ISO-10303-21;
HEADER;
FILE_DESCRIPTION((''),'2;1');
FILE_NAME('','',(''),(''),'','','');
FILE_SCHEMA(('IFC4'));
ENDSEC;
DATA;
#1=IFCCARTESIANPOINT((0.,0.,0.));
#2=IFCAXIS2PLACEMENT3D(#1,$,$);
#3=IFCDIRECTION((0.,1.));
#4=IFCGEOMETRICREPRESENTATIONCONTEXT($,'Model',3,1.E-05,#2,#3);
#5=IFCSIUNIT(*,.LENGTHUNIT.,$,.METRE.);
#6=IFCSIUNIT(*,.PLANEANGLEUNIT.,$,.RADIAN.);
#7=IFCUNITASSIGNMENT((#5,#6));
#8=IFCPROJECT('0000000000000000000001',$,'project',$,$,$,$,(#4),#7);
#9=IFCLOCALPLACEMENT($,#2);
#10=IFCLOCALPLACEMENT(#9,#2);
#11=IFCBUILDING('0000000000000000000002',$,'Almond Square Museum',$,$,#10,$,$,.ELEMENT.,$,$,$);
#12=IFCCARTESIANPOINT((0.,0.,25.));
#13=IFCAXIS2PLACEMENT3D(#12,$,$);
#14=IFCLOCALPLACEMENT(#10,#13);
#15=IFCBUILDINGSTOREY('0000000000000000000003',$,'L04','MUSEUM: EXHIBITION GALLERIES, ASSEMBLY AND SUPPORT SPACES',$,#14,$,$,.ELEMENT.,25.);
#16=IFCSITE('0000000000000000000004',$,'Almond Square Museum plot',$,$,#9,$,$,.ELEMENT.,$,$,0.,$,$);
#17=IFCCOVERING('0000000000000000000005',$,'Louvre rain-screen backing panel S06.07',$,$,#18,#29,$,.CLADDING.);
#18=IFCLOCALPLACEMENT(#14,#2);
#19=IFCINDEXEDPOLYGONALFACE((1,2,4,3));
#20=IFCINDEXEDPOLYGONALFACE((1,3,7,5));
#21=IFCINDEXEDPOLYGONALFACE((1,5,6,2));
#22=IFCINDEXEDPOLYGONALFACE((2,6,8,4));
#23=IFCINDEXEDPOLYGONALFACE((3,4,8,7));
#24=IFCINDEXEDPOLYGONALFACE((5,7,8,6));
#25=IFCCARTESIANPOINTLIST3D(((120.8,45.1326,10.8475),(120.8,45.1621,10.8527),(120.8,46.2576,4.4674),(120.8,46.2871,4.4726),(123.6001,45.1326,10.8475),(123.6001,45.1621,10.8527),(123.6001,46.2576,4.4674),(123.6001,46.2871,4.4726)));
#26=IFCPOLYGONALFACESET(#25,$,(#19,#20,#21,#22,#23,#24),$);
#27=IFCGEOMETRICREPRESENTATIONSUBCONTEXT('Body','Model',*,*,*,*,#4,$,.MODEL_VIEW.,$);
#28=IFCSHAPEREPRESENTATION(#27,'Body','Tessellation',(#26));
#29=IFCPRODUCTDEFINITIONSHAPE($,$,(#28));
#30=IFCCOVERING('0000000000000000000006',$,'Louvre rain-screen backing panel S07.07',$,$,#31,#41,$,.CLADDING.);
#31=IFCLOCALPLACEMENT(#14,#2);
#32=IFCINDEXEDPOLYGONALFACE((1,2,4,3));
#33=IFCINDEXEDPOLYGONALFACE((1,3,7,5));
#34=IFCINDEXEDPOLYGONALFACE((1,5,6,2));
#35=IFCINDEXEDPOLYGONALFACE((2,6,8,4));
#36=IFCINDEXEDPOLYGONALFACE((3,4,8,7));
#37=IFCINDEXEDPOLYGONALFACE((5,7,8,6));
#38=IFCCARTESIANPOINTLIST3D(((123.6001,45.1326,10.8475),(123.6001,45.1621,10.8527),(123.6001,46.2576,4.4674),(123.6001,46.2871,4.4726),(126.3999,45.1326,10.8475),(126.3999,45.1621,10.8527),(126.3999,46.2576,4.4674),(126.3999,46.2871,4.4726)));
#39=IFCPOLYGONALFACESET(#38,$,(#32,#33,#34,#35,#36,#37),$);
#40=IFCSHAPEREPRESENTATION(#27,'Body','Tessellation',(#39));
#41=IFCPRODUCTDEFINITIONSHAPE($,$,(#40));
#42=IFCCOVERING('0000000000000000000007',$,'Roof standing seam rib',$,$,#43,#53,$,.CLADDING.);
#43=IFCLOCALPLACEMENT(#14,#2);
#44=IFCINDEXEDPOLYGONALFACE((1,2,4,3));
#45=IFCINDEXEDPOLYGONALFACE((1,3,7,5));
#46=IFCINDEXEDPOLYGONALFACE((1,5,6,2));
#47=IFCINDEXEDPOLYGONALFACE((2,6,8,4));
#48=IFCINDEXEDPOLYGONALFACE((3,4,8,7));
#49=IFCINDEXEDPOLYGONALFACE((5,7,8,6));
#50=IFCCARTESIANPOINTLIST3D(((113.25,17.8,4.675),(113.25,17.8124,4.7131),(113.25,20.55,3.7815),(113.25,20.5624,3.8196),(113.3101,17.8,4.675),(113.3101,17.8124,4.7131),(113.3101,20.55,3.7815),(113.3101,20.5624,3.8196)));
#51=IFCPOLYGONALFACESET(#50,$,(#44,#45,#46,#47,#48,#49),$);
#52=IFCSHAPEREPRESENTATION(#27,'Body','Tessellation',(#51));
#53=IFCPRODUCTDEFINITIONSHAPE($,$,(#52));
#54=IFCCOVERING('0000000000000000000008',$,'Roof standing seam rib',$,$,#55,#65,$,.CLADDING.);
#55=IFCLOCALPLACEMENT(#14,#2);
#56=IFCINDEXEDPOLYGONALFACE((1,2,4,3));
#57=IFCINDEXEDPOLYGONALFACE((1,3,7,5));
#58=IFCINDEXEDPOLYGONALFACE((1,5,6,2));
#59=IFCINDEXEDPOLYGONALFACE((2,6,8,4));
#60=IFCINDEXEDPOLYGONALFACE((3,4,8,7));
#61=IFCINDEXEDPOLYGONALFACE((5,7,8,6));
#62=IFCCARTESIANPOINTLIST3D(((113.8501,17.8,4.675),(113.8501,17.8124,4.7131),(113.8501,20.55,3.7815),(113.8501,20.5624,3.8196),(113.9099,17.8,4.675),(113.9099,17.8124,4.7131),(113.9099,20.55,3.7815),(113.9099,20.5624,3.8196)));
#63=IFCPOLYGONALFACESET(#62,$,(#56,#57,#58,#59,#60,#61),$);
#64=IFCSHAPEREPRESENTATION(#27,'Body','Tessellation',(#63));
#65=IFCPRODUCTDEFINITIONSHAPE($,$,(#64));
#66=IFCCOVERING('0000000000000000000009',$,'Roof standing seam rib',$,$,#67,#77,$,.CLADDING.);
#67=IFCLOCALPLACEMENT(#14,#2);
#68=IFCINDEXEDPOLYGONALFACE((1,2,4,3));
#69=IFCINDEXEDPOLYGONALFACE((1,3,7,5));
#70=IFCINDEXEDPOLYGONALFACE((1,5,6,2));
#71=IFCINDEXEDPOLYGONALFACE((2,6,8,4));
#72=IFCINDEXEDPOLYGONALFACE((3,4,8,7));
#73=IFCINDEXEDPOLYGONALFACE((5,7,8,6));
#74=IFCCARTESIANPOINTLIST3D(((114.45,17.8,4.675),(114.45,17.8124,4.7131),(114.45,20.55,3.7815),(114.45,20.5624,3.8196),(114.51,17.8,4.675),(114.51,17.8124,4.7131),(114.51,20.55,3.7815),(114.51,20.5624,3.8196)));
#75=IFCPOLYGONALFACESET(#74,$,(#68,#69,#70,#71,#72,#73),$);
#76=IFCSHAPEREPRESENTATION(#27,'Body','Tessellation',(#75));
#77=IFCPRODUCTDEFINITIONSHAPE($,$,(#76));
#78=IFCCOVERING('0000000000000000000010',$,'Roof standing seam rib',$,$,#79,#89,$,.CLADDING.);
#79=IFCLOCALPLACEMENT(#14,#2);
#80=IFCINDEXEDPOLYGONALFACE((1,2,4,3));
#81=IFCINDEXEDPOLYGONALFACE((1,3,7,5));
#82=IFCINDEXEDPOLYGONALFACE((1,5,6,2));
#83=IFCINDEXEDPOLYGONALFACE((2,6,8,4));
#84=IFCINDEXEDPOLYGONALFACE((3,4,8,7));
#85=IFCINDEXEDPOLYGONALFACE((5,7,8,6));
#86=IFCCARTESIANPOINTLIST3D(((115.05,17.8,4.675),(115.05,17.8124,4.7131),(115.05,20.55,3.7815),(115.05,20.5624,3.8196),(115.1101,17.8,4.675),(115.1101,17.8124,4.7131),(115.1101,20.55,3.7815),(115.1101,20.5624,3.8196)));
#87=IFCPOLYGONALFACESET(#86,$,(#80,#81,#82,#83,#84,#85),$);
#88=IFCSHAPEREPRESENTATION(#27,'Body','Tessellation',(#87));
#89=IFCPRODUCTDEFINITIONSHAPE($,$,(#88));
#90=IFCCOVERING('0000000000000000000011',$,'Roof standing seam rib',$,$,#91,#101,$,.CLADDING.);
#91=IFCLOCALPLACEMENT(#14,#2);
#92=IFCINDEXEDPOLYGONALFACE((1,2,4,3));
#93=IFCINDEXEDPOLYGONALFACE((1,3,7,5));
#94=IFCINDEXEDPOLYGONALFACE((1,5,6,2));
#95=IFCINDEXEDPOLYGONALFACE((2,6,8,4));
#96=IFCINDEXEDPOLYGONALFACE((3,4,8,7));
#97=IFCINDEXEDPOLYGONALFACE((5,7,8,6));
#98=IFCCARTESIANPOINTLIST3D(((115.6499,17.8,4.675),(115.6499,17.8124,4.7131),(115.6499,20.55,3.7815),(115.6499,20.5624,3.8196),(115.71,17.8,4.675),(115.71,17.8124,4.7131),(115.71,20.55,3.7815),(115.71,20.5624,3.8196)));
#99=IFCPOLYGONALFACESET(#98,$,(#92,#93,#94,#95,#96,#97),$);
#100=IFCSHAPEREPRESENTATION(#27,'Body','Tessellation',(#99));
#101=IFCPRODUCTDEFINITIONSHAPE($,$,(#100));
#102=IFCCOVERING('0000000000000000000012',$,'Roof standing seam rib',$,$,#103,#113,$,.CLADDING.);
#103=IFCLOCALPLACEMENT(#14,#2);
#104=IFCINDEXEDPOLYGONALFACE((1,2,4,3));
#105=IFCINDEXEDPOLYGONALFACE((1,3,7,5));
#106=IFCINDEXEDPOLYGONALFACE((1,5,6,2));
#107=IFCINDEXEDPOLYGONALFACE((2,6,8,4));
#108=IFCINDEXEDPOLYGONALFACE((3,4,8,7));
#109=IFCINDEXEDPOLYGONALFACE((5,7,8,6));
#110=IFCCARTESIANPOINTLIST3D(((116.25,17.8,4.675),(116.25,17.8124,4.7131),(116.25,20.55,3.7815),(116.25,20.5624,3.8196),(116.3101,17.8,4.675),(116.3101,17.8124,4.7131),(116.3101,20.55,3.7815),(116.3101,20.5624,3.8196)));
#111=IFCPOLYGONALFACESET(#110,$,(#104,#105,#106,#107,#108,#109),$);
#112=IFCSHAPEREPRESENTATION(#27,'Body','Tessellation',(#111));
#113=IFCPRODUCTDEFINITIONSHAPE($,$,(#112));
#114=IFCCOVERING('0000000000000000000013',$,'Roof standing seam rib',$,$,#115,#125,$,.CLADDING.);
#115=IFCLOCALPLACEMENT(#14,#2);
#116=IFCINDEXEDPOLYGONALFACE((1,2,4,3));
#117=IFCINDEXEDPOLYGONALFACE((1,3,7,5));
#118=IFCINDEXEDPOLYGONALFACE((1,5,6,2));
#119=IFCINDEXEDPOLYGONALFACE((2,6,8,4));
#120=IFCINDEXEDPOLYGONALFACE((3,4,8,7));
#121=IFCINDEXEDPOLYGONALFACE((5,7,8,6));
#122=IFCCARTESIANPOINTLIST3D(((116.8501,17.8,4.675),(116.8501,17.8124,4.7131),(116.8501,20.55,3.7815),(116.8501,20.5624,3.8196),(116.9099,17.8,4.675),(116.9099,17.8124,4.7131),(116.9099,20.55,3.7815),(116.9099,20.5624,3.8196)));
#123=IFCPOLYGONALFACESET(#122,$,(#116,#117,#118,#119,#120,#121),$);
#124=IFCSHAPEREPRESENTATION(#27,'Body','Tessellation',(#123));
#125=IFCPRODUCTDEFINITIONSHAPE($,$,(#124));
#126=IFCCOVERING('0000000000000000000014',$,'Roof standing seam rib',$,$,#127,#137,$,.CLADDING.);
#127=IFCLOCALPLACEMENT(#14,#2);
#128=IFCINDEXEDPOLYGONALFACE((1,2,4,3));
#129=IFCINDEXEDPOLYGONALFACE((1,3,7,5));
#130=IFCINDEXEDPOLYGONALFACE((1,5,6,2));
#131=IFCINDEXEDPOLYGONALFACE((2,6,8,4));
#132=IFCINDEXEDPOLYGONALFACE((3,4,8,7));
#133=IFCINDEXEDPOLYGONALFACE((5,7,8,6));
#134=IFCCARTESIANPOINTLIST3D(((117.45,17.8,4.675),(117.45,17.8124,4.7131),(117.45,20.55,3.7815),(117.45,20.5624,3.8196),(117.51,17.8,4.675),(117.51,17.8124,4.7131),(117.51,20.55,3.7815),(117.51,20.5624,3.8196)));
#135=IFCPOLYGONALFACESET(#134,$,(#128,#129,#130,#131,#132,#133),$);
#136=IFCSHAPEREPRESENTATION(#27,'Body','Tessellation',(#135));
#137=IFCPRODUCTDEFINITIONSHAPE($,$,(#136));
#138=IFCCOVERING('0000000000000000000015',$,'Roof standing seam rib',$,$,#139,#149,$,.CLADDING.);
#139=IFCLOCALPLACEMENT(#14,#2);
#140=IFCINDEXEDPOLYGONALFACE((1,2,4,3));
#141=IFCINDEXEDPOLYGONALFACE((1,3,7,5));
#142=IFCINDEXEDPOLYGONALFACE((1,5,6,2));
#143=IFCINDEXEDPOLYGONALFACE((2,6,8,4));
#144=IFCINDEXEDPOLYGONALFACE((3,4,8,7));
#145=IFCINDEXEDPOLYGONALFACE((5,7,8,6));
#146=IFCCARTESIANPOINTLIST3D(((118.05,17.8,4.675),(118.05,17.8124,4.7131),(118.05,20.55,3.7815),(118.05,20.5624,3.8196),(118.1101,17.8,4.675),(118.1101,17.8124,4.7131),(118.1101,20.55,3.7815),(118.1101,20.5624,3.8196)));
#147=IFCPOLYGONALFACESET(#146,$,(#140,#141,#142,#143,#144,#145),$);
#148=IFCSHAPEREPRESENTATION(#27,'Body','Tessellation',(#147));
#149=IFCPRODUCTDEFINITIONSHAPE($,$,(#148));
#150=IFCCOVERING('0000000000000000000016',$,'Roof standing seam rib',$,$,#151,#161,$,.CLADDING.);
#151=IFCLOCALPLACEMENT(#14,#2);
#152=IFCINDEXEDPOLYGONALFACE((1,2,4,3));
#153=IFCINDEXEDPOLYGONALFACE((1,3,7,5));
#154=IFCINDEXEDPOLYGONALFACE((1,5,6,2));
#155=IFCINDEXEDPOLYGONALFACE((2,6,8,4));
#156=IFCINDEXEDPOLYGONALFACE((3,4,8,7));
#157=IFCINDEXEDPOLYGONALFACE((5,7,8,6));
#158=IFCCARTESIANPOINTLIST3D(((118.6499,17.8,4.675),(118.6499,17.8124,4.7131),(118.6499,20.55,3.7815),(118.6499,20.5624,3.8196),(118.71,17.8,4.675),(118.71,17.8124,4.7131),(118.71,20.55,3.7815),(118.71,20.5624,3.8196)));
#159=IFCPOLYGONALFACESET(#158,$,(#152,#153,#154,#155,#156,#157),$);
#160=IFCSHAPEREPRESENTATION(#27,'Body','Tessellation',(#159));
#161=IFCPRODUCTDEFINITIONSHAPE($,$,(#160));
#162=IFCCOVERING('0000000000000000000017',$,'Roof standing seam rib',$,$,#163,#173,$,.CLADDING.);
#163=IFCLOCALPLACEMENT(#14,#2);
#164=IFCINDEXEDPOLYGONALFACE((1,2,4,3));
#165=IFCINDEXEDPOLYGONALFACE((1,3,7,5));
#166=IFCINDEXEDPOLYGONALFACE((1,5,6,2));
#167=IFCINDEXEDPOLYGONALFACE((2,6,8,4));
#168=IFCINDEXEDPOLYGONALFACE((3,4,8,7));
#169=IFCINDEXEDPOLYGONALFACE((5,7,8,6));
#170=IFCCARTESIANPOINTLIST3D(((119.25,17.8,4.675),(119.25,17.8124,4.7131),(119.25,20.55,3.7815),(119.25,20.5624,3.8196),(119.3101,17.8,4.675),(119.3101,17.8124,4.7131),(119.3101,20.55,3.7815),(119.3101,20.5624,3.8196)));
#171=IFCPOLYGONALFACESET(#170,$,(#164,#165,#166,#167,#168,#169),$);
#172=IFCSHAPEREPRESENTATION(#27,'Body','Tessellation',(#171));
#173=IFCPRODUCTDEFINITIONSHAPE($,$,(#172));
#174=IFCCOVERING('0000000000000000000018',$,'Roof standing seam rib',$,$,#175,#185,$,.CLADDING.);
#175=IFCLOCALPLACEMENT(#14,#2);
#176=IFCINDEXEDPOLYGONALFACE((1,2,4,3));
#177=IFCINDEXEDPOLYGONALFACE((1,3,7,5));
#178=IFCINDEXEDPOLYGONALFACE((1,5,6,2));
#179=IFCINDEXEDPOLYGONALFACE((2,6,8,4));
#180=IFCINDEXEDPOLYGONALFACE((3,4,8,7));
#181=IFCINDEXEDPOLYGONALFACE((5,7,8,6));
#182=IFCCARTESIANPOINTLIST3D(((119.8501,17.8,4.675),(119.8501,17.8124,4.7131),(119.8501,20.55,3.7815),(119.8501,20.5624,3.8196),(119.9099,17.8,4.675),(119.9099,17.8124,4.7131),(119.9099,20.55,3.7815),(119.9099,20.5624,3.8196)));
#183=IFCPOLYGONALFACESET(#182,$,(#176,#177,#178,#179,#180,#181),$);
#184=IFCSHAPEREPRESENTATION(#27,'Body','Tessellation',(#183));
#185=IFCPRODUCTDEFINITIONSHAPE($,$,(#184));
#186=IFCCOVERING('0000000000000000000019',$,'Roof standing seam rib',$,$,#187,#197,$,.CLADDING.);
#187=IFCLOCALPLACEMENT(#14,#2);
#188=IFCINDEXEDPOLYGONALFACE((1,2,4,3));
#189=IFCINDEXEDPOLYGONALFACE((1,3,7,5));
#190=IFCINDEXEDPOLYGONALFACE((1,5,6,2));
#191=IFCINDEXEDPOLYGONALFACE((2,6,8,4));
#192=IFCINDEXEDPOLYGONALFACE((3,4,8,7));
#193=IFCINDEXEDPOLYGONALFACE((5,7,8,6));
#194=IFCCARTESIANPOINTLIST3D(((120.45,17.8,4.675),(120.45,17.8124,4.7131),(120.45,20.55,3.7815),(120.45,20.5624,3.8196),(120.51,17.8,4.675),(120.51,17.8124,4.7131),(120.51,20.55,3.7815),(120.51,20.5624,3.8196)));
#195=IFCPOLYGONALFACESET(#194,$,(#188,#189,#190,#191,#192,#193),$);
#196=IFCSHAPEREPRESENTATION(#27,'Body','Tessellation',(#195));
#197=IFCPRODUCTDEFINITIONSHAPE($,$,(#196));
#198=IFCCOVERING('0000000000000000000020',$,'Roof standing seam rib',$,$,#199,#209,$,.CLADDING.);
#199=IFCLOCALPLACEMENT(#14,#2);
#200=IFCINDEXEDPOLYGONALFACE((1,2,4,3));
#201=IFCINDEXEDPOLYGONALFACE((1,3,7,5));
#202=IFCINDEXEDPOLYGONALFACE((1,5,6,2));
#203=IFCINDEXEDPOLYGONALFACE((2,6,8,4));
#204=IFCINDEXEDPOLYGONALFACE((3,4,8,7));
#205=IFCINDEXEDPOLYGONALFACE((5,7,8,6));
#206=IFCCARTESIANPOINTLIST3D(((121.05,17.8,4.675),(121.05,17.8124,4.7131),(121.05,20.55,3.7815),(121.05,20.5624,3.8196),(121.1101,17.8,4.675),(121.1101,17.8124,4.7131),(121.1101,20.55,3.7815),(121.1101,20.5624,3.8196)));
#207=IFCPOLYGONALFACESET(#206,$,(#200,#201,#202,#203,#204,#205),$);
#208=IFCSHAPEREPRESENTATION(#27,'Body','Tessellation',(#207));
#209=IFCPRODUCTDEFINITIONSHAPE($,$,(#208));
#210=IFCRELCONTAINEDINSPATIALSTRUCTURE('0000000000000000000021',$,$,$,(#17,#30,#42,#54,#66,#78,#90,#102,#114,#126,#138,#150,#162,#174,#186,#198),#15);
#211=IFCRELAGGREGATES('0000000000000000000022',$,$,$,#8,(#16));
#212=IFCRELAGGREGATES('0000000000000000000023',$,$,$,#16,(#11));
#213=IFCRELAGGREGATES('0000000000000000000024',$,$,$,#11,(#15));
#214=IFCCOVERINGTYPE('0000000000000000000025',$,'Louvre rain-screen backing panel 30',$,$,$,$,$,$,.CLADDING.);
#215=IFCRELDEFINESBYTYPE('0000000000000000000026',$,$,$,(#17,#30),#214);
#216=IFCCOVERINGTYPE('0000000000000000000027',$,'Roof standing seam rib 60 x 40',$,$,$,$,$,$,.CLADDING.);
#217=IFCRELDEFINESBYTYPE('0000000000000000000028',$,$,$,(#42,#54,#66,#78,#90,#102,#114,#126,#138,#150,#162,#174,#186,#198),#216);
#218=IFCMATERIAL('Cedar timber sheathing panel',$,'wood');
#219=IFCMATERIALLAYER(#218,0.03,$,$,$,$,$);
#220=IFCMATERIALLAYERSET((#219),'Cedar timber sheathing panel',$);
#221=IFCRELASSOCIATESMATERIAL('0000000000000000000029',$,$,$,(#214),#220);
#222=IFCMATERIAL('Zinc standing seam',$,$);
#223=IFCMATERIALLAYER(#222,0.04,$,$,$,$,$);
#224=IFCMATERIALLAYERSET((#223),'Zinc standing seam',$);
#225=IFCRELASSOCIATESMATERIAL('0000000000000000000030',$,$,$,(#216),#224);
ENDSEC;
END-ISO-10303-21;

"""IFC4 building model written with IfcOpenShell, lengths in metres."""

from ifc_helpers import new_model, si_unit, direction, frame, origin, place, context, subcontext, project, spatial, polyline, outline, extrude, material, layer, layer_set, type_object, element, save


model = new_model("IFC4")

# Units and contexts
model_context = context("Model", 3, precision=1e-05, world=origin(), true_north=direction((0.0, 1.0)))
body_context = subcontext(model_context, "Body", "Model", "MODEL_VIEW")
ifc_project = project(units=[si_unit("LENGTHUNIT", "METRE"), si_unit("PLANEANGLEUNIT", "RADIAN")], contexts=[model_context])

# Site, building, storey
site_placement = place(None, origin())
site = spatial("IfcSite", under=ifc_project, at=site_placement, Name="Almond Square Museum plot", CompositionType="ELEMENT", RefElevation=0.0)
building_placement = place(site_placement, origin())
building = spatial("IfcBuilding", under=site, at=building_placement, Name="Almond Square Museum", CompositionType="ELEMENT")
storey_placement = place(building_placement, frame((0.0, 0.0, 25.0)))
storey = spatial("IfcBuildingStorey", under=building, at=storey_placement, Name="L04", Description="MUSEUM: EXHIBITION GALLERIES, ASSEMBLY AND SUPPORT SPACES", CompositionType="ELEMENT", Elevation=25.0)

# Coverings
ifc_material_1 = material(Name="Cedar timber sheathing panel", Category="wood")
ifc_layer_1 = layer(ifc_material_1, 0.03)
ifc_layer_set_1 = layer_set([ifc_layer_1], Name="Cedar timber sheathing panel")
covering_type_1 = type_object("IfcCoveringType", Name="Louvre rain-screen backing panel 30", PredefinedType="CLADDING", material=ifc_layer_set_1)
for number, where, z_axis, x_axis, name in (
    (1, (120.8, 46.2722, 4.47), (0.0, -0.984807, -0.17365), (1.0, 0.0, 0.0), "Louvre rain-screen backing panel S06.07"),
):
    element("IfcCovering", number, at=place(storey_placement, frame(where, z_axis=z_axis, x_axis=x_axis)), inside=storey, type_object=covering_type_1, Name=name, PredefinedType="CLADDING", context=body_context, shape_type="SweptSolid", body=[
        extrude(outline(polyline([(0.0, 0.0), (2.8, 0.0), (2.8, 6.4786), (0.0, 6.4786), (0.0, 0.0)])), frame((0.0, 0.0, -0.0151)), (0.0, 0.0, 1.0), 0.03),
    ])
covering_1_placement = place(storey_placement, frame((123.6001, 46.2722, 4.47), z_axis=(0.0, -0.984807, -0.17365), x_axis=(1.0, 0.0, 0.0)))
element("IfcCovering", 2, at=covering_1_placement, inside=storey, type_object=covering_type_1, Name="Louvre rain-screen backing panel S07.07", PredefinedType="CLADDING", context=body_context, shape_type="SweptSolid", body=[
    extrude(outline(polyline([(0.0, 0.0), (2.7998, 0.0), (2.7998, 6.4786), (0.0, 6.4786), (0.0, 0.0)])), frame((0.0, 0.0, -0.0151)), (0.0, 0.0, 1.0), 0.03),
])
ifc_material_2 = material(Name="Zinc standing seam")
ifc_layer_2 = layer(ifc_material_2, 0.04)
ifc_layer_set_2 = layer_set([ifc_layer_2], Name="Zinc standing seam")
covering_type_2 = type_object("IfcCoveringType", Name="Roof standing seam rib 60 x 40", PredefinedType="CLADDING", material=ifc_layer_set_2)
covering_2_placement = place(storey_placement, frame((113.25, 17.8, 4.675), z_axis=(0.0, 0.309025, 0.951054), x_axis=(1.0, 0.0, 0.0)))
element("IfcCovering", 3, at=covering_2_placement, inside=storey, type_object=covering_type_2, Name="Roof standing seam rib", PredefinedType="CLADDING", context=body_context, shape_type="SweptSolid", body=[
    extrude(outline(polyline([(0.0, 0.0), (0.0601, 0.0), (0.0601, 2.8915), (0.0, 2.8915), (0.0, 0.0)])), origin(), (0.0, 0.0, 1.0), 0.04),
])
covering_3_placement = place(storey_placement, frame((113.8501, 17.8, 4.675), z_axis=(0.0, 0.309025, 0.951054), x_axis=(1.0, 0.0, 0.0)))
element("IfcCovering", 4, at=covering_3_placement, inside=storey, type_object=covering_type_2, Name="Roof standing seam rib", PredefinedType="CLADDING", context=body_context, shape_type="SweptSolid", body=[
    extrude(outline(polyline([(0.0, 0.0), (0.0598, 0.0), (0.0598, 2.8915), (0.0, 2.8915), (0.0, 0.0)])), origin(), (0.0, 0.0, 1.0), 0.04),
])
for number, where, z_axis, x_axis, name in (
    (5, (114.45, 17.8, 4.675), (0.0, 0.309025, 0.951054), (1.0, 0.0, 0.0), "Roof standing seam rib"),
    (6, (115.05, 17.8, 4.675), (0.0, 0.309025, 0.951054), (1.0, 0.0, 0.0), "Roof standing seam rib"),
    (7, (115.6499, 17.8, 4.675), (0.0, 0.309025, 0.951054), (1.0, 0.0, 0.0), "Roof standing seam rib"),
    (8, (116.25, 17.8, 4.675), (0.0, 0.309025, 0.951054), (1.0, 0.0, 0.0), "Roof standing seam rib"),
):
    element("IfcCovering", number, at=place(storey_placement, frame(where, z_axis=z_axis, x_axis=x_axis)), inside=storey, type_object=covering_type_2, Name=name, PredefinedType="CLADDING", context=body_context, shape_type="SweptSolid", body=[
        extrude(outline(polyline([(0.0, 0.0), (0.0601, 0.0), (0.0601, 2.8915), (0.0, 2.8915), (0.0, 0.0)])), origin(), (0.0, 0.0, 1.0), 0.04),
    ])
covering_4_placement = place(storey_placement, frame((116.8501, 17.8, 4.675), z_axis=(0.0, 0.309025, 0.951054), x_axis=(1.0, 0.0, 0.0)))
element("IfcCovering", 9, at=covering_4_placement, inside=storey, type_object=covering_type_2, Name="Roof standing seam rib", PredefinedType="CLADDING", context=body_context, shape_type="SweptSolid", body=[
    extrude(outline(polyline([(0.0, 0.0), (0.0598, 0.0), (0.0598, 2.8915), (0.0, 2.8915), (0.0, 0.0)])), origin(), (0.0, 0.0, 1.0), 0.04),
])
for number, where, z_axis, x_axis, name in (
    (10, (117.45, 17.8, 4.675), (0.0, 0.309025, 0.951054), (1.0, 0.0, 0.0), "Roof standing seam rib"),
    (11, (118.05, 17.8, 4.675), (0.0, 0.309025, 0.951054), (1.0, 0.0, 0.0), "Roof standing seam rib"),
    (12, (118.6499, 17.8, 4.675), (0.0, 0.309025, 0.951054), (1.0, 0.0, 0.0), "Roof standing seam rib"),
    (13, (119.25, 17.8, 4.675), (0.0, 0.309025, 0.951054), (1.0, 0.0, 0.0), "Roof standing seam rib"),
):
    element("IfcCovering", number, at=place(storey_placement, frame(where, z_axis=z_axis, x_axis=x_axis)), inside=storey, type_object=covering_type_2, Name=name, PredefinedType="CLADDING", context=body_context, shape_type="SweptSolid", body=[
        extrude(outline(polyline([(0.0, 0.0), (0.0601, 0.0), (0.0601, 2.8915), (0.0, 2.8915), (0.0, 0.0)])), origin(), (0.0, 0.0, 1.0), 0.04),
    ])
covering_5_placement = place(storey_placement, frame((119.8501, 17.8, 4.675), z_axis=(0.0, 0.309025, 0.951054), x_axis=(1.0, 0.0, 0.0)))
element("IfcCovering", 14, at=covering_5_placement, inside=storey, type_object=covering_type_2, Name="Roof standing seam rib", PredefinedType="CLADDING", context=body_context, shape_type="SweptSolid", body=[
    extrude(outline(polyline([(0.0, 0.0), (0.0598, 0.0), (0.0598, 2.8915), (0.0, 2.8915), (0.0, 0.0)])), origin(), (0.0, 0.0, 1.0), 0.04),
])
for number, where, z_axis, x_axis, name in (
    (15, (120.45, 17.8, 4.675), (0.0, 0.309025, 0.951054), (1.0, 0.0, 0.0), "Roof standing seam rib"),
    (16, (121.05, 17.8, 4.675), (0.0, 0.309025, 0.951054), (1.0, 0.0, 0.0), "Roof standing seam rib"),
):
    element("IfcCovering", number, at=place(storey_placement, frame(where, z_axis=z_axis, x_axis=x_axis)), inside=storey, type_object=covering_type_2, Name=name, PredefinedType="CLADDING", context=body_context, shape_type="SweptSolid", body=[
        extrude(outline(polyline([(0.0, 0.0), (0.0601, 0.0), (0.0601, 2.8915), (0.0, 2.8915), (0.0, 0.0)])), origin(), (0.0, 0.0, 1.0), 0.04),
    ])

save(model, "model.ifc")
